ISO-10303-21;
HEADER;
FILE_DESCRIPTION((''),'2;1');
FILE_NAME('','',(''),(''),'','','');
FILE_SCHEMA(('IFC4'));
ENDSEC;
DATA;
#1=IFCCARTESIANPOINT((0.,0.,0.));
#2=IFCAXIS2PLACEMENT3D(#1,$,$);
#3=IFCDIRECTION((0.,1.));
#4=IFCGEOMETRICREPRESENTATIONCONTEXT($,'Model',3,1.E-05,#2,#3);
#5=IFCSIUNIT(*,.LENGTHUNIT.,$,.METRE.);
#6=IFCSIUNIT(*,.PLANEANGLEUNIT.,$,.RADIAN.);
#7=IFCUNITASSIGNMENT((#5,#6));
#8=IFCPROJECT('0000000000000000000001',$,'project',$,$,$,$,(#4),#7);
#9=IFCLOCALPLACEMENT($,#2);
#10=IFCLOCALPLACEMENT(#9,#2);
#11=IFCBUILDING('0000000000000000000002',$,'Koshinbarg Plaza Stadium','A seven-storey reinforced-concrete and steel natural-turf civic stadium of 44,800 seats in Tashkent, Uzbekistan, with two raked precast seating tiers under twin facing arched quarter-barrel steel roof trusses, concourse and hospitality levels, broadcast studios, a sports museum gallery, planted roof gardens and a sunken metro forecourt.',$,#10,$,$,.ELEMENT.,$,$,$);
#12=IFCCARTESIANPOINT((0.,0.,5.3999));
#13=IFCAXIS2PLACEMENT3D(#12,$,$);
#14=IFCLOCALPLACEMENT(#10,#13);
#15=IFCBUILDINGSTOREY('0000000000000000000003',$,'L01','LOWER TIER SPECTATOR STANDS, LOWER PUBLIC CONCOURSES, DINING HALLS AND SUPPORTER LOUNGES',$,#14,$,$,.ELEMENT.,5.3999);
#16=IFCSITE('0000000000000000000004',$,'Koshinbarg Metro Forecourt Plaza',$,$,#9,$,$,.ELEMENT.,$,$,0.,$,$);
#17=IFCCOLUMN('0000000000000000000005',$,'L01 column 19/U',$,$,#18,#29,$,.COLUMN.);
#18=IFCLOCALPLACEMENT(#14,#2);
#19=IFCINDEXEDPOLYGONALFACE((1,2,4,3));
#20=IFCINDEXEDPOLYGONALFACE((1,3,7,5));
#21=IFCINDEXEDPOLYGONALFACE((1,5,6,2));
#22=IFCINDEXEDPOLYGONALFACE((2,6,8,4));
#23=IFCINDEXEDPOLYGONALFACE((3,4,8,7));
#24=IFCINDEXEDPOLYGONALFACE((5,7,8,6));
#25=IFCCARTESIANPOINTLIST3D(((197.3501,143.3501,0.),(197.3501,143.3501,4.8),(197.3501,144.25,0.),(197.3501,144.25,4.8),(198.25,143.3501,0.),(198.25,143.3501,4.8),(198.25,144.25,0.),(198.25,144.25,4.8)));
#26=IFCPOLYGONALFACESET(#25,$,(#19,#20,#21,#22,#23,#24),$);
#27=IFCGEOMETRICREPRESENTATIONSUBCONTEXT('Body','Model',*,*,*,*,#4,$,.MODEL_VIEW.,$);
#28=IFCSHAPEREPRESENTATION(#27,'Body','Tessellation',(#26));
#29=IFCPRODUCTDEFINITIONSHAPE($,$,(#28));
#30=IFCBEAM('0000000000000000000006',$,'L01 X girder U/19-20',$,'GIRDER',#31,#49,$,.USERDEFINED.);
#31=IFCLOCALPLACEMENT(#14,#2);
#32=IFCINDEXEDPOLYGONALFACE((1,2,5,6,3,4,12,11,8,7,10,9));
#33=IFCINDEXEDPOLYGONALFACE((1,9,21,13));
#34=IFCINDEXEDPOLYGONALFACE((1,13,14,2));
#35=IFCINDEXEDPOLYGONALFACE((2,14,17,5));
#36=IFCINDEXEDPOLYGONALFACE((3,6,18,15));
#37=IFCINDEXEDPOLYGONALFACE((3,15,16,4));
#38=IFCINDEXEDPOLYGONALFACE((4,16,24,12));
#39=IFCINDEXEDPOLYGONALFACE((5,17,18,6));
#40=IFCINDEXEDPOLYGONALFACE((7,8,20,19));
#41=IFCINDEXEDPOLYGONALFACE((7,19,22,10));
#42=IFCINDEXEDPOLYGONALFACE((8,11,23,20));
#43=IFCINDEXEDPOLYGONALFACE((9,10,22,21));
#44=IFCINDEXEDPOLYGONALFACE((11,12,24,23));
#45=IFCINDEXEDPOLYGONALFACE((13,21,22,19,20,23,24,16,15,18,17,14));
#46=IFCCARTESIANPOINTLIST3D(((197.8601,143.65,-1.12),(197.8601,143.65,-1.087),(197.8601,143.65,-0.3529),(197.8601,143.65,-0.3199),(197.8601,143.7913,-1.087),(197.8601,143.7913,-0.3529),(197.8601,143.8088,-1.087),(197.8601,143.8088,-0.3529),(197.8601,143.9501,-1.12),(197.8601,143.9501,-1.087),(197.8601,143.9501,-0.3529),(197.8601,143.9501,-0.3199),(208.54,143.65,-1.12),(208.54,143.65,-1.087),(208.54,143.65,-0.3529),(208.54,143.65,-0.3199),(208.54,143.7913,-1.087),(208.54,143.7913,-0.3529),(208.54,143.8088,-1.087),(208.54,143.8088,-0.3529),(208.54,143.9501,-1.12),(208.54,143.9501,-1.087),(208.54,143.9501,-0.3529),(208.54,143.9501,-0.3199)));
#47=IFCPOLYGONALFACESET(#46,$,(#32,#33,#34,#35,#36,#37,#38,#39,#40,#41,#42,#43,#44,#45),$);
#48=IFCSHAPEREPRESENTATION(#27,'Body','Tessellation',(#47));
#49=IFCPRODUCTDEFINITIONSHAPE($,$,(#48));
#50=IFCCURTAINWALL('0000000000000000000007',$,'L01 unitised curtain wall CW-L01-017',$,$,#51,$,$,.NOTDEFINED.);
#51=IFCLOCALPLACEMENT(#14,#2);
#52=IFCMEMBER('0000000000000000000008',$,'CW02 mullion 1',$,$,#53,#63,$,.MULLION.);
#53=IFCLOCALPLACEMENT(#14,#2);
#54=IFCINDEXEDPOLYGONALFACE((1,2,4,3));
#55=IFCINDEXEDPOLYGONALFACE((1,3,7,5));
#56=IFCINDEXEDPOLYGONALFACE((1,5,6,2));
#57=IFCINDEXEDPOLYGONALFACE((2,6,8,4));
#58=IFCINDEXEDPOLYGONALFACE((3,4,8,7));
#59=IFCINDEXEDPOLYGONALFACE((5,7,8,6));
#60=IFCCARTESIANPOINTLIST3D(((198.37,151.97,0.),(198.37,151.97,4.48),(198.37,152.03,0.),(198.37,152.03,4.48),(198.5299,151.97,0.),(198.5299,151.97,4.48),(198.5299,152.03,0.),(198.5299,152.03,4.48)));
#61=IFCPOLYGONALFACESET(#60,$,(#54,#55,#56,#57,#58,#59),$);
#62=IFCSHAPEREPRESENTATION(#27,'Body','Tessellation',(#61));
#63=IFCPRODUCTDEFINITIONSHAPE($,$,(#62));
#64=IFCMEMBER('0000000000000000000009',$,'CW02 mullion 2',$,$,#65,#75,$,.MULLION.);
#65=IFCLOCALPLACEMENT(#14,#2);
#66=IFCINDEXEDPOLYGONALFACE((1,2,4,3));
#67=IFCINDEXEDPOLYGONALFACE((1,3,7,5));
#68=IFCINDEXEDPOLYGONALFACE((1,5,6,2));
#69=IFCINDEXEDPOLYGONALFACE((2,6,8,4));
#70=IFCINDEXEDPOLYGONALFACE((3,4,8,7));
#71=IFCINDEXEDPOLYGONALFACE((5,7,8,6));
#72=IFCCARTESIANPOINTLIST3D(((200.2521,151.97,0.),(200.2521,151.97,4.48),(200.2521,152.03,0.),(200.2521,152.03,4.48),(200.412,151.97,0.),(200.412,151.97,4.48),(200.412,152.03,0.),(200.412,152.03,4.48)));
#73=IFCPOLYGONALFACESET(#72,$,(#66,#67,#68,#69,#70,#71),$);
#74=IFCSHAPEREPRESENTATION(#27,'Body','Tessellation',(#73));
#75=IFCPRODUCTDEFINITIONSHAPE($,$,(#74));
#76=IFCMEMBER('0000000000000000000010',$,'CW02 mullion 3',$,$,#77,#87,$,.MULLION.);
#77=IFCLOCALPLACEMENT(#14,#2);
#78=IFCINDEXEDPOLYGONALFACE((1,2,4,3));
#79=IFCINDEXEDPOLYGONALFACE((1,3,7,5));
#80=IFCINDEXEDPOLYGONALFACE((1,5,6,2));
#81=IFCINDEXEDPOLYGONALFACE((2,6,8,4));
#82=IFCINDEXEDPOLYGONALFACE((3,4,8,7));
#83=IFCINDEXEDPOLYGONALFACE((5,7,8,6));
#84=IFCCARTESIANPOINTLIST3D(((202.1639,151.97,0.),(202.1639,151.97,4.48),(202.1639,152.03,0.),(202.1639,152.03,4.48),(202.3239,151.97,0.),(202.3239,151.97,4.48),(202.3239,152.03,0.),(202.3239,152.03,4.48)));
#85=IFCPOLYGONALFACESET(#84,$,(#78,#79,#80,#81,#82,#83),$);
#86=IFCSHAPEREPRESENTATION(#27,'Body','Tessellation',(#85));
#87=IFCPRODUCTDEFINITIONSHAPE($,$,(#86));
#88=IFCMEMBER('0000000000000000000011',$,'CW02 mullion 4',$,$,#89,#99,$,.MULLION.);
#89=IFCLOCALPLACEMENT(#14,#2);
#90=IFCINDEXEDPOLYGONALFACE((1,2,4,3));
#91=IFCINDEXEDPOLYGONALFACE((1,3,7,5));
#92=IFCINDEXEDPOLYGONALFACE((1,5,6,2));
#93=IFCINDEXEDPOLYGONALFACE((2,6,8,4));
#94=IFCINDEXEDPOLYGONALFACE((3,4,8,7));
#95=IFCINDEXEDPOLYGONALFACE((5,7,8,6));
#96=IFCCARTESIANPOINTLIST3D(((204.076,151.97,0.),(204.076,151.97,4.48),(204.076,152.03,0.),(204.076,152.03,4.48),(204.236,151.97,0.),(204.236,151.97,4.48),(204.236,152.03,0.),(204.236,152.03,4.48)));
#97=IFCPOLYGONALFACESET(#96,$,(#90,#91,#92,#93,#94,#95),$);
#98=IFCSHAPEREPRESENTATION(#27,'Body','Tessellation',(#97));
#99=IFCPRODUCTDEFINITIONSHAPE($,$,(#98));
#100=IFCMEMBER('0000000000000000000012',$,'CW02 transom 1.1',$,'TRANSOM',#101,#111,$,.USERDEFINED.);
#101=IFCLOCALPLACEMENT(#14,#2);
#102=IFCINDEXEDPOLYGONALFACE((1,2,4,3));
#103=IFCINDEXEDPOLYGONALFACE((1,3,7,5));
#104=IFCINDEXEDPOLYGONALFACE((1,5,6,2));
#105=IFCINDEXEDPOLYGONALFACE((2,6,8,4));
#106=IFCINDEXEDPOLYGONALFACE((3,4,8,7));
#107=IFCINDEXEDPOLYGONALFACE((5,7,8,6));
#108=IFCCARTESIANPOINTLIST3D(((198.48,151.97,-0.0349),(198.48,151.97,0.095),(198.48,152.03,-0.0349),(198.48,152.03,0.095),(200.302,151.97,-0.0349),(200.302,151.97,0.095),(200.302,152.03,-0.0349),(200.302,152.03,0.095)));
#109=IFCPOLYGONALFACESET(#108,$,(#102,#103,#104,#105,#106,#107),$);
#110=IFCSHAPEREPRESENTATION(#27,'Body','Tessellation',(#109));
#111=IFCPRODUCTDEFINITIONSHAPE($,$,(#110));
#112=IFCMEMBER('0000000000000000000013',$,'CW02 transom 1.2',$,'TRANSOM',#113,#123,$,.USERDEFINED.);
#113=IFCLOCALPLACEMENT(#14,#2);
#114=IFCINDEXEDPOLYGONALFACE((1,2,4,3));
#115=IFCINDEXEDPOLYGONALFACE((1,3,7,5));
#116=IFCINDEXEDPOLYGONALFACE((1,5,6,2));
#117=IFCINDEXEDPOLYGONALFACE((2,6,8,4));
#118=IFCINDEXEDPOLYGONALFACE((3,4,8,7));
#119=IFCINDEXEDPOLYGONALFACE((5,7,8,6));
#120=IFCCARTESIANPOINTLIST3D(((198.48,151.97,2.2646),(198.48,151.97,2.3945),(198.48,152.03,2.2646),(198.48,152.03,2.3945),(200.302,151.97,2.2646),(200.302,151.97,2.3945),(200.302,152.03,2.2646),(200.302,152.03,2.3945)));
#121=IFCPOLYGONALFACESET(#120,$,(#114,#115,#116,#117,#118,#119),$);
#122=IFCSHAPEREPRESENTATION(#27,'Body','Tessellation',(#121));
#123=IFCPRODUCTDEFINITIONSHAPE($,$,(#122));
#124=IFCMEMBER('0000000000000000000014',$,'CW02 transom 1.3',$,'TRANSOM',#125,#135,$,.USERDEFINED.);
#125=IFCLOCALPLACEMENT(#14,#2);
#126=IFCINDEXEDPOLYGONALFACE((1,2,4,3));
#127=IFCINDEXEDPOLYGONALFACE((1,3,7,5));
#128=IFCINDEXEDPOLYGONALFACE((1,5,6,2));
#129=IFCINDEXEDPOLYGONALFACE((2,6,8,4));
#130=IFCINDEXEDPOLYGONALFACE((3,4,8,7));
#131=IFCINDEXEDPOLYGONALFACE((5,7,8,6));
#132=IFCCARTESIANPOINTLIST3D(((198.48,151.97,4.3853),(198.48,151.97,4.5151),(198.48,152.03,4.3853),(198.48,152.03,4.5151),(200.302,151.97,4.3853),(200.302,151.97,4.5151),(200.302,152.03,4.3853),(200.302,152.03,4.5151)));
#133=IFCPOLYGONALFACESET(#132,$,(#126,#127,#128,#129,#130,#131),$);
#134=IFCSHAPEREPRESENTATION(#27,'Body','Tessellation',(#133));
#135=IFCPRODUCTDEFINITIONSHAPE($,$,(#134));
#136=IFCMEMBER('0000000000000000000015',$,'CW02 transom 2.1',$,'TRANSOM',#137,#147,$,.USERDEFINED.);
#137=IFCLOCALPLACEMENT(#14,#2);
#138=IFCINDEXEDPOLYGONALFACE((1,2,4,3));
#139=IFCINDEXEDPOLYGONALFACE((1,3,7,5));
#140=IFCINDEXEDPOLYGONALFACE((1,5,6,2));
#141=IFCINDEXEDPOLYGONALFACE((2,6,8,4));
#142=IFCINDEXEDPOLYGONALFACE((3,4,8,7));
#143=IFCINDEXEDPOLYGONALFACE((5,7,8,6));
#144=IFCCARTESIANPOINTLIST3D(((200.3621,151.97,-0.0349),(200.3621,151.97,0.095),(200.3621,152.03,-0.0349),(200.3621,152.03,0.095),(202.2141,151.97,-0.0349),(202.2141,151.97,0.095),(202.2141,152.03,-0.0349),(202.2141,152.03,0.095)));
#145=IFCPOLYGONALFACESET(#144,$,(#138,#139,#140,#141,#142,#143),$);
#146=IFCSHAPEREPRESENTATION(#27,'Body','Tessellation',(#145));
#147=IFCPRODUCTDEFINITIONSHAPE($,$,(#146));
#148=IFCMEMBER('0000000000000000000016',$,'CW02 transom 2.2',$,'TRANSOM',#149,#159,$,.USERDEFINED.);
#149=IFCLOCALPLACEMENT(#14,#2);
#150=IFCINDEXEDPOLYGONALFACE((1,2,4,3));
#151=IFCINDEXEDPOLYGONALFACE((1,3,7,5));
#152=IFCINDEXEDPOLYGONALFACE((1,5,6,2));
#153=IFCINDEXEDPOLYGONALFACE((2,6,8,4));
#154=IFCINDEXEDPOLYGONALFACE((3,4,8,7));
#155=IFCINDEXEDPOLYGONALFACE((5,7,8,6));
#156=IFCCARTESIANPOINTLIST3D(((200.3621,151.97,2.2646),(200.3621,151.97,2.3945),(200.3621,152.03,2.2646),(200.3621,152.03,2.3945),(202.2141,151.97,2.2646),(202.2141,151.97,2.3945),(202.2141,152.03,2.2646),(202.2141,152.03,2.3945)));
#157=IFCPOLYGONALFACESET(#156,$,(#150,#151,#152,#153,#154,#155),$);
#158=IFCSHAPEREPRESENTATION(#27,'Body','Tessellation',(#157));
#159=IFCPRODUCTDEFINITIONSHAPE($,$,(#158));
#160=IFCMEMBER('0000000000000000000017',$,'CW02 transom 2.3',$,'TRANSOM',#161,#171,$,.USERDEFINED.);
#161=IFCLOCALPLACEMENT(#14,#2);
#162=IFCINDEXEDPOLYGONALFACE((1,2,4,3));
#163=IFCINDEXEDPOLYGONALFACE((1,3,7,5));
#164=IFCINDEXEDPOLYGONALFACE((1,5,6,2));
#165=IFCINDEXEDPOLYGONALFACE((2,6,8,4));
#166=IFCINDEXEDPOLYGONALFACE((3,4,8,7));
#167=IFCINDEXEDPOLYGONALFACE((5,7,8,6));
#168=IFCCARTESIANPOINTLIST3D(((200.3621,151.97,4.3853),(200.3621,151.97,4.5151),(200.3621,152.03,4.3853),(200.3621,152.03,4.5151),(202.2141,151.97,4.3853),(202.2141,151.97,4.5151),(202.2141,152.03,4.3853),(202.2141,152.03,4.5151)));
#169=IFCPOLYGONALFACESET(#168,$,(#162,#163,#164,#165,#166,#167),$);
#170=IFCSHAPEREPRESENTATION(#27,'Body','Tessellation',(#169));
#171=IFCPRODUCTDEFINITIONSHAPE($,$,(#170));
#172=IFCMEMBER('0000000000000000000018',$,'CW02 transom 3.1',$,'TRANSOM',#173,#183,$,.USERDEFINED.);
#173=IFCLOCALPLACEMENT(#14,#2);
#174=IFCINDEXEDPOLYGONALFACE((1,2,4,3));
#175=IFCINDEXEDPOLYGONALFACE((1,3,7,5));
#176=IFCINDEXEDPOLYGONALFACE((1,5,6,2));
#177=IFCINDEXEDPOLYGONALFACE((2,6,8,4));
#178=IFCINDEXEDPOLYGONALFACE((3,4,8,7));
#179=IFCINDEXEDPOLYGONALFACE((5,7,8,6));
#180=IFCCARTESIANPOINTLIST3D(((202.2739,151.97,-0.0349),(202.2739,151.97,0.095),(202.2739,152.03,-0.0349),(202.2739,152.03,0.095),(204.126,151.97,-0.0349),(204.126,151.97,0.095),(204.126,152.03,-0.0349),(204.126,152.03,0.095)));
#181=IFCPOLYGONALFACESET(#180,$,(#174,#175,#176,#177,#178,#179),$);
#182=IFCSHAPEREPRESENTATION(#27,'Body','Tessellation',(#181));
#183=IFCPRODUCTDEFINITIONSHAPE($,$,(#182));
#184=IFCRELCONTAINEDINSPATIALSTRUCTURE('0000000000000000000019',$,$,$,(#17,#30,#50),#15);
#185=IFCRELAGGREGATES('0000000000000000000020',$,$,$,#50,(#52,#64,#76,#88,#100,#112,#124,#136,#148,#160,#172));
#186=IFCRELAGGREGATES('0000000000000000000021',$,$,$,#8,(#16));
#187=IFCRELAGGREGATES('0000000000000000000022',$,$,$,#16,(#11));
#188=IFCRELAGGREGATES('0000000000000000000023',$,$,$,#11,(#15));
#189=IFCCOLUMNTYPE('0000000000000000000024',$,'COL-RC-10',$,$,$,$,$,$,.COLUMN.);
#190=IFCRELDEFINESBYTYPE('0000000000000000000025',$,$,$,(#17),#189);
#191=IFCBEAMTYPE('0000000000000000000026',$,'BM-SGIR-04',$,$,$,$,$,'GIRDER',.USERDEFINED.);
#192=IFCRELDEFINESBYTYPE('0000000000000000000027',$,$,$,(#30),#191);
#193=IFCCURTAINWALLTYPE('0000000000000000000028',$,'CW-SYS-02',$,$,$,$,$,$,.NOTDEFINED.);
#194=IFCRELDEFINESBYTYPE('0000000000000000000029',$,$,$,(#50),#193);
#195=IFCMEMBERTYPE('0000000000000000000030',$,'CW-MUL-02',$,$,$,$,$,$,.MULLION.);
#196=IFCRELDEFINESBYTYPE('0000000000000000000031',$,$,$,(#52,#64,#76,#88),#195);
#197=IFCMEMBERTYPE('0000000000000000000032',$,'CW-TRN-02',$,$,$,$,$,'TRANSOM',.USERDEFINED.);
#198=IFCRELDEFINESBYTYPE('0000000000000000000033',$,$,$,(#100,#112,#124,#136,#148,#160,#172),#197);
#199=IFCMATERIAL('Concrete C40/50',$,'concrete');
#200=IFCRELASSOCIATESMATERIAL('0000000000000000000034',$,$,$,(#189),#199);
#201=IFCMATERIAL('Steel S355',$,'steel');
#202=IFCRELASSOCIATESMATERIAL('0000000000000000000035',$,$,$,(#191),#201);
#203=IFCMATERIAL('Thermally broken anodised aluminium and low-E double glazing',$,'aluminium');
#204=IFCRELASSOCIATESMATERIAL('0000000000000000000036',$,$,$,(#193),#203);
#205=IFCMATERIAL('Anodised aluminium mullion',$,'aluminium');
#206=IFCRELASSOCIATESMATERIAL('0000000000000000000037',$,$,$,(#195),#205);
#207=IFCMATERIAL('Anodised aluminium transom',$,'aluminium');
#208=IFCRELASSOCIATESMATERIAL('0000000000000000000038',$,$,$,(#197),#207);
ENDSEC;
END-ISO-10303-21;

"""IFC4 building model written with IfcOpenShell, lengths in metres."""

from ifc_helpers import new_model, si_unit, direction, frame, origin, origin_2d, place, context, subcontext, project, spatial, rectangle, i_section, extrude, material, material_profile, profile_set, type_object, element, aggregate, save


model = new_model("IFC4")

# Units and contexts
model_context = context("Model", 3, precision=1e-05, world=origin(), true_north=direction((0.0, 1.0)))
body_context = subcontext(model_context, "Body", "Model", "MODEL_VIEW")
ifc_project = project(units=[si_unit("LENGTHUNIT", "METRE"), si_unit("PLANEANGLEUNIT", "RADIAN")], contexts=[model_context])

# Site, building, storey
site_placement = place(None, origin())
site = spatial("IfcSite", under=ifc_project, at=site_placement, Name="Koshinbarg Metro Forecourt Plaza", CompositionType="ELEMENT", RefElevation=0.0)
building_placement = place(site_placement, origin())
building = spatial("IfcBuilding", under=site, at=building_placement, Name="Koshinbarg Plaza Stadium", Description="A seven-storey reinforced-concrete and steel natural-turf civic stadium of 44,800 seats in Tashkent, Uzbekistan, with two raked precast seating tiers under twin facing arched quarter-barrel steel roof trusses, concourse and hospitality levels, broadcast studios, a sports museum gallery, planted roof gardens and a sunken metro forecourt.", CompositionType="ELEMENT")
storey_placement = place(building_placement, frame((0.0, 0.0, 5.3999)))
storey = spatial("IfcBuildingStorey", under=building, at=storey_placement, Name="L01", Description="LOWER TIER SPECTATOR STANDS, LOWER PUBLIC CONCOURSES, DINING HALLS AND SUPPORTER LOUNGES", CompositionType="ELEMENT", Elevation=5.3999)

# Column
ifc_material_1 = material(Name="Concrete C40/50", Category="concrete")
ifc_material_profile_1 = material_profile(ifc_material_1, rectangle(XDim=0.8999, YDim=0.8999, at=origin_2d()), Name="RC 900x900")
ifc_profile_set_1 = profile_set([ifc_material_profile_1], Name="Concrete C40/50")
column_type = type_object("IfcColumnType", Name="COL-RC-10", PredefinedType="COLUMN", material=ifc_profile_set_1)
column_placement = place(storey_placement, frame((197.8, 143.8, 0.0), z_axis=(0.0, 0.0, 1.0), x_axis=(1.0, 0.0, 0.0)))
element("IfcColumn", 1, at=column_placement, inside=storey, type_object=column_type, Name="L01 column 19/U", PredefinedType="COLUMN", context=body_context, shape_type="SweptSolid", body=[
    extrude(rectangle(XDim=0.8999, YDim=0.8999, at=origin_2d()), origin(), (0.0, 0.0, 1.0), 4.8),
])

# Beam
ifc_material_2 = material(Name="Steel S355", Category="steel")
ifc_material_profile_2 = material_profile(ifc_material_2, i_section(OverallWidth=0.3, OverallDepth=0.8, WebThickness=0.0176, FlangeThickness=0.033, at=origin_2d()), Name="HEB 800")
ifc_profile_set_2 = profile_set([ifc_material_profile_2], Name="Steel S355")
beam_type = type_object("IfcBeamType", Name="BM-SGIR-04", ElementType="GIRDER", PredefinedType="USERDEFINED", material=ifc_profile_set_2)
beam_placement = place(storey_placement, frame((197.8601, 143.8, -0.72), z_axis=(1.0, 0.0, 0.0), x_axis=(0.0, 1.0, 0.0)))
element("IfcBeam", 2, at=beam_placement, inside=storey, type_object=beam_type, Name="L01 X girder U/19-20", ObjectType="GIRDER", PredefinedType="USERDEFINED", context=body_context, shape_type="SweptSolid", body=[
    extrude(i_section(OverallWidth=0.3, OverallDepth=0.8, WebThickness=0.0176, FlangeThickness=0.033, at=origin_2d()), origin(), (0.0, 0.0, 1.0), 10.6799),
])

# Curtain wall, members
ifc_material_3 = material(Name="Thermally broken anodised aluminium and low-E double glazing", Category="aluminium")
curtain_wall_type = type_object("IfcCurtainWallType", Name="CW-SYS-02", PredefinedType="NOTDEFINED", material=ifc_material_3)
curtain_wall_placement = place(storey_placement, origin())
curtain_wall = element("IfcCurtainWall", 3, at=curtain_wall_placement, inside=storey, type_object=curtain_wall_type, Name="L01 unitised curtain wall CW-L01-017", PredefinedType="NOTDEFINED")
ifc_material_4 = material(Name="Anodised aluminium mullion", Category="aluminium")
ifc_material_profile_3 = material_profile(ifc_material_4, rectangle(XDim=0.0601, YDim=0.1599, at=origin_2d()), Name="ALU 60x160")
ifc_profile_set_3 = profile_set([ifc_material_profile_3], Name="Anodised aluminium mullion")
member_type_1 = type_object("IfcMemberType", Name="CW-MUL-02", PredefinedType="MULLION", material=ifc_profile_set_3)
member_1_placement = place(storey_placement, frame((198.45, 152.0, 0.0), z_axis=(0.0, 0.0, 1.0), x_axis=(0.0, 1.0, 0.0)))
member_1 = element("IfcMember", 4, at=member_1_placement, type_object=member_type_1, Name="CW02 mullion 1", PredefinedType="MULLION", context=body_context, shape_type="SweptSolid", body=[
    extrude(rectangle(XDim=0.0601, YDim=0.1599, at=origin_2d()), origin(), (0.0, 0.0, 1.0), 4.48),
])
member_2_placement = place(storey_placement, frame((200.332, 152.0, 0.0), z_axis=(0.0, 0.0, 1.0), x_axis=(0.0, 1.0, 0.0)))
member_2 = element("IfcMember", 5, at=member_2_placement, type_object=member_type_1, Name="CW02 mullion 2", PredefinedType="MULLION", context=body_context, shape_type="SweptSolid", body=[
    extrude(rectangle(XDim=0.0601, YDim=0.1599, at=origin_2d()), origin(), (0.0, 0.0, 1.0), 4.48),
])
member_3_placement = place(storey_placement, frame((202.2439, 152.0, 0.0), z_axis=(0.0, 0.0, 1.0), x_axis=(0.0, 1.0, 0.0)))
member_3 = element("IfcMember", 6, at=member_3_placement, type_object=member_type_1, Name="CW02 mullion 3", PredefinedType="MULLION", context=body_context, shape_type="SweptSolid", body=[
    extrude(rectangle(XDim=0.0601, YDim=0.1599, at=origin_2d()), origin(), (0.0, 0.0, 1.0), 4.48),
])
member_4_placement = place(storey_placement, frame((204.156, 152.0, 0.0), z_axis=(0.0, 0.0, 1.0), x_axis=(0.0, 1.0, 0.0)))
member_4 = element("IfcMember", 7, at=member_4_placement, type_object=member_type_1, Name="CW02 mullion 4", PredefinedType="MULLION", context=body_context, shape_type="SweptSolid", body=[
    extrude(rectangle(XDim=0.0601, YDim=0.1599, at=origin_2d()), origin(), (0.0, 0.0, 1.0), 4.48),
])
ifc_material_5 = material(Name="Anodised aluminium transom", Category="aluminium")
ifc_material_profile_4 = material_profile(ifc_material_5, rectangle(XDim=0.0601, YDim=0.1299, at=origin_2d()), Name="ALU 60x130")
ifc_profile_set_4 = profile_set([ifc_material_profile_4], Name="Anodised aluminium transom")
member_type_2 = type_object("IfcMemberType", Name="CW-TRN-02", ElementType="TRANSOM", PredefinedType="USERDEFINED", material=ifc_profile_set_4)
member_5_placement = place(storey_placement, frame((198.48, 152.0, 0.03), z_axis=(1.0, 0.0, 0.0), x_axis=(0.0, 1.0, 0.0)))
member_5 = element("IfcMember", 8, at=member_5_placement, type_object=member_type_2, Name="CW02 transom 1.1", ObjectType="TRANSOM", PredefinedType="USERDEFINED", context=body_context, shape_type="SweptSolid", body=[
    extrude(rectangle(XDim=0.0601, YDim=0.1299, at=origin_2d()), origin(), (0.0, 0.0, 1.0), 1.822),
])
member_6_placement = place(storey_placement, frame((198.48, 152.0, 2.3296), z_axis=(1.0, 0.0, 0.0), x_axis=(0.0, 1.0, 0.0)))
member_6 = element("IfcMember", 9, at=member_6_placement, type_object=member_type_2, Name="CW02 transom 1.2", ObjectType="TRANSOM", PredefinedType="USERDEFINED", context=body_context, shape_type="SweptSolid", body=[
    extrude(rectangle(XDim=0.0601, YDim=0.1299, at=origin_2d()), origin(), (0.0, 0.0, 1.0), 1.822),
])
member_7_placement = place(storey_placement, frame((198.48, 152.0, 4.4502), z_axis=(1.0, 0.0, 0.0), x_axis=(0.0, 1.0, 0.0)))
member_7 = element("IfcMember", 10, at=member_7_placement, type_object=member_type_2, Name="CW02 transom 1.3", ObjectType="TRANSOM", PredefinedType="USERDEFINED", context=body_context, shape_type="SweptSolid", body=[
    extrude(rectangle(XDim=0.0601, YDim=0.1299, at=origin_2d()), origin(), (0.0, 0.0, 1.0), 1.822),
])
member_8_placement = place(storey_placement, frame((200.3621, 152.0, 0.03), z_axis=(1.0, 0.0, 0.0), x_axis=(0.0, 1.0, 0.0)))
member_8 = element("IfcMember", 11, at=member_8_placement, type_object=member_type_2, Name="CW02 transom 2.1", ObjectType="TRANSOM", PredefinedType="USERDEFINED", context=body_context, shape_type="SweptSolid", body=[
    extrude(rectangle(XDim=0.0601, YDim=0.1299, at=origin_2d()), origin(), (0.0, 0.0, 1.0), 1.8521),
])
member_9_placement = place(storey_placement, frame((200.3621, 152.0, 2.3296), z_axis=(1.0, 0.0, 0.0), x_axis=(0.0, 1.0, 0.0)))
member_9 = element("IfcMember", 12, at=member_9_placement, type_object=member_type_2, Name="CW02 transom 2.2", ObjectType="TRANSOM", PredefinedType="USERDEFINED", context=body_context, shape_type="SweptSolid", body=[
    extrude(rectangle(XDim=0.0601, YDim=0.1299, at=origin_2d()), origin(), (0.0, 0.0, 1.0), 1.8521),
])
member_10_placement = place(storey_placement, frame((200.3621, 152.0, 4.4502), z_axis=(1.0, 0.0, 0.0), x_axis=(0.0, 1.0, 0.0)))
member_10 = element("IfcMember", 13, at=member_10_placement, type_object=member_type_2, Name="CW02 transom 2.3", ObjectType="TRANSOM", PredefinedType="USERDEFINED", context=body_context, shape_type="SweptSolid", body=[
    extrude(rectangle(XDim=0.0601, YDim=0.1299, at=origin_2d()), origin(), (0.0, 0.0, 1.0), 1.8521),
])
member_11_placement = place(storey_placement, frame((202.2739, 152.0, 0.03), z_axis=(1.0, 0.0, 0.0), x_axis=(0.0, 1.0, 0.0)))
member_11 = element("IfcMember", 14, at=member_11_placement, type_object=member_type_2, Name="CW02 transom 3.1", ObjectType="TRANSOM", PredefinedType="USERDEFINED", context=body_context, shape_type="SweptSolid", body=[
    extrude(rectangle(XDim=0.0601, YDim=0.1299, at=origin_2d()), origin(), (0.0, 0.0, 1.0), 1.8521),
])
aggregate(curtain_wall, [member_1, member_2, member_3, member_4, member_5, member_6, member_7, member_8, member_9, member_10, member_11])

save(model, "model.ifc")
